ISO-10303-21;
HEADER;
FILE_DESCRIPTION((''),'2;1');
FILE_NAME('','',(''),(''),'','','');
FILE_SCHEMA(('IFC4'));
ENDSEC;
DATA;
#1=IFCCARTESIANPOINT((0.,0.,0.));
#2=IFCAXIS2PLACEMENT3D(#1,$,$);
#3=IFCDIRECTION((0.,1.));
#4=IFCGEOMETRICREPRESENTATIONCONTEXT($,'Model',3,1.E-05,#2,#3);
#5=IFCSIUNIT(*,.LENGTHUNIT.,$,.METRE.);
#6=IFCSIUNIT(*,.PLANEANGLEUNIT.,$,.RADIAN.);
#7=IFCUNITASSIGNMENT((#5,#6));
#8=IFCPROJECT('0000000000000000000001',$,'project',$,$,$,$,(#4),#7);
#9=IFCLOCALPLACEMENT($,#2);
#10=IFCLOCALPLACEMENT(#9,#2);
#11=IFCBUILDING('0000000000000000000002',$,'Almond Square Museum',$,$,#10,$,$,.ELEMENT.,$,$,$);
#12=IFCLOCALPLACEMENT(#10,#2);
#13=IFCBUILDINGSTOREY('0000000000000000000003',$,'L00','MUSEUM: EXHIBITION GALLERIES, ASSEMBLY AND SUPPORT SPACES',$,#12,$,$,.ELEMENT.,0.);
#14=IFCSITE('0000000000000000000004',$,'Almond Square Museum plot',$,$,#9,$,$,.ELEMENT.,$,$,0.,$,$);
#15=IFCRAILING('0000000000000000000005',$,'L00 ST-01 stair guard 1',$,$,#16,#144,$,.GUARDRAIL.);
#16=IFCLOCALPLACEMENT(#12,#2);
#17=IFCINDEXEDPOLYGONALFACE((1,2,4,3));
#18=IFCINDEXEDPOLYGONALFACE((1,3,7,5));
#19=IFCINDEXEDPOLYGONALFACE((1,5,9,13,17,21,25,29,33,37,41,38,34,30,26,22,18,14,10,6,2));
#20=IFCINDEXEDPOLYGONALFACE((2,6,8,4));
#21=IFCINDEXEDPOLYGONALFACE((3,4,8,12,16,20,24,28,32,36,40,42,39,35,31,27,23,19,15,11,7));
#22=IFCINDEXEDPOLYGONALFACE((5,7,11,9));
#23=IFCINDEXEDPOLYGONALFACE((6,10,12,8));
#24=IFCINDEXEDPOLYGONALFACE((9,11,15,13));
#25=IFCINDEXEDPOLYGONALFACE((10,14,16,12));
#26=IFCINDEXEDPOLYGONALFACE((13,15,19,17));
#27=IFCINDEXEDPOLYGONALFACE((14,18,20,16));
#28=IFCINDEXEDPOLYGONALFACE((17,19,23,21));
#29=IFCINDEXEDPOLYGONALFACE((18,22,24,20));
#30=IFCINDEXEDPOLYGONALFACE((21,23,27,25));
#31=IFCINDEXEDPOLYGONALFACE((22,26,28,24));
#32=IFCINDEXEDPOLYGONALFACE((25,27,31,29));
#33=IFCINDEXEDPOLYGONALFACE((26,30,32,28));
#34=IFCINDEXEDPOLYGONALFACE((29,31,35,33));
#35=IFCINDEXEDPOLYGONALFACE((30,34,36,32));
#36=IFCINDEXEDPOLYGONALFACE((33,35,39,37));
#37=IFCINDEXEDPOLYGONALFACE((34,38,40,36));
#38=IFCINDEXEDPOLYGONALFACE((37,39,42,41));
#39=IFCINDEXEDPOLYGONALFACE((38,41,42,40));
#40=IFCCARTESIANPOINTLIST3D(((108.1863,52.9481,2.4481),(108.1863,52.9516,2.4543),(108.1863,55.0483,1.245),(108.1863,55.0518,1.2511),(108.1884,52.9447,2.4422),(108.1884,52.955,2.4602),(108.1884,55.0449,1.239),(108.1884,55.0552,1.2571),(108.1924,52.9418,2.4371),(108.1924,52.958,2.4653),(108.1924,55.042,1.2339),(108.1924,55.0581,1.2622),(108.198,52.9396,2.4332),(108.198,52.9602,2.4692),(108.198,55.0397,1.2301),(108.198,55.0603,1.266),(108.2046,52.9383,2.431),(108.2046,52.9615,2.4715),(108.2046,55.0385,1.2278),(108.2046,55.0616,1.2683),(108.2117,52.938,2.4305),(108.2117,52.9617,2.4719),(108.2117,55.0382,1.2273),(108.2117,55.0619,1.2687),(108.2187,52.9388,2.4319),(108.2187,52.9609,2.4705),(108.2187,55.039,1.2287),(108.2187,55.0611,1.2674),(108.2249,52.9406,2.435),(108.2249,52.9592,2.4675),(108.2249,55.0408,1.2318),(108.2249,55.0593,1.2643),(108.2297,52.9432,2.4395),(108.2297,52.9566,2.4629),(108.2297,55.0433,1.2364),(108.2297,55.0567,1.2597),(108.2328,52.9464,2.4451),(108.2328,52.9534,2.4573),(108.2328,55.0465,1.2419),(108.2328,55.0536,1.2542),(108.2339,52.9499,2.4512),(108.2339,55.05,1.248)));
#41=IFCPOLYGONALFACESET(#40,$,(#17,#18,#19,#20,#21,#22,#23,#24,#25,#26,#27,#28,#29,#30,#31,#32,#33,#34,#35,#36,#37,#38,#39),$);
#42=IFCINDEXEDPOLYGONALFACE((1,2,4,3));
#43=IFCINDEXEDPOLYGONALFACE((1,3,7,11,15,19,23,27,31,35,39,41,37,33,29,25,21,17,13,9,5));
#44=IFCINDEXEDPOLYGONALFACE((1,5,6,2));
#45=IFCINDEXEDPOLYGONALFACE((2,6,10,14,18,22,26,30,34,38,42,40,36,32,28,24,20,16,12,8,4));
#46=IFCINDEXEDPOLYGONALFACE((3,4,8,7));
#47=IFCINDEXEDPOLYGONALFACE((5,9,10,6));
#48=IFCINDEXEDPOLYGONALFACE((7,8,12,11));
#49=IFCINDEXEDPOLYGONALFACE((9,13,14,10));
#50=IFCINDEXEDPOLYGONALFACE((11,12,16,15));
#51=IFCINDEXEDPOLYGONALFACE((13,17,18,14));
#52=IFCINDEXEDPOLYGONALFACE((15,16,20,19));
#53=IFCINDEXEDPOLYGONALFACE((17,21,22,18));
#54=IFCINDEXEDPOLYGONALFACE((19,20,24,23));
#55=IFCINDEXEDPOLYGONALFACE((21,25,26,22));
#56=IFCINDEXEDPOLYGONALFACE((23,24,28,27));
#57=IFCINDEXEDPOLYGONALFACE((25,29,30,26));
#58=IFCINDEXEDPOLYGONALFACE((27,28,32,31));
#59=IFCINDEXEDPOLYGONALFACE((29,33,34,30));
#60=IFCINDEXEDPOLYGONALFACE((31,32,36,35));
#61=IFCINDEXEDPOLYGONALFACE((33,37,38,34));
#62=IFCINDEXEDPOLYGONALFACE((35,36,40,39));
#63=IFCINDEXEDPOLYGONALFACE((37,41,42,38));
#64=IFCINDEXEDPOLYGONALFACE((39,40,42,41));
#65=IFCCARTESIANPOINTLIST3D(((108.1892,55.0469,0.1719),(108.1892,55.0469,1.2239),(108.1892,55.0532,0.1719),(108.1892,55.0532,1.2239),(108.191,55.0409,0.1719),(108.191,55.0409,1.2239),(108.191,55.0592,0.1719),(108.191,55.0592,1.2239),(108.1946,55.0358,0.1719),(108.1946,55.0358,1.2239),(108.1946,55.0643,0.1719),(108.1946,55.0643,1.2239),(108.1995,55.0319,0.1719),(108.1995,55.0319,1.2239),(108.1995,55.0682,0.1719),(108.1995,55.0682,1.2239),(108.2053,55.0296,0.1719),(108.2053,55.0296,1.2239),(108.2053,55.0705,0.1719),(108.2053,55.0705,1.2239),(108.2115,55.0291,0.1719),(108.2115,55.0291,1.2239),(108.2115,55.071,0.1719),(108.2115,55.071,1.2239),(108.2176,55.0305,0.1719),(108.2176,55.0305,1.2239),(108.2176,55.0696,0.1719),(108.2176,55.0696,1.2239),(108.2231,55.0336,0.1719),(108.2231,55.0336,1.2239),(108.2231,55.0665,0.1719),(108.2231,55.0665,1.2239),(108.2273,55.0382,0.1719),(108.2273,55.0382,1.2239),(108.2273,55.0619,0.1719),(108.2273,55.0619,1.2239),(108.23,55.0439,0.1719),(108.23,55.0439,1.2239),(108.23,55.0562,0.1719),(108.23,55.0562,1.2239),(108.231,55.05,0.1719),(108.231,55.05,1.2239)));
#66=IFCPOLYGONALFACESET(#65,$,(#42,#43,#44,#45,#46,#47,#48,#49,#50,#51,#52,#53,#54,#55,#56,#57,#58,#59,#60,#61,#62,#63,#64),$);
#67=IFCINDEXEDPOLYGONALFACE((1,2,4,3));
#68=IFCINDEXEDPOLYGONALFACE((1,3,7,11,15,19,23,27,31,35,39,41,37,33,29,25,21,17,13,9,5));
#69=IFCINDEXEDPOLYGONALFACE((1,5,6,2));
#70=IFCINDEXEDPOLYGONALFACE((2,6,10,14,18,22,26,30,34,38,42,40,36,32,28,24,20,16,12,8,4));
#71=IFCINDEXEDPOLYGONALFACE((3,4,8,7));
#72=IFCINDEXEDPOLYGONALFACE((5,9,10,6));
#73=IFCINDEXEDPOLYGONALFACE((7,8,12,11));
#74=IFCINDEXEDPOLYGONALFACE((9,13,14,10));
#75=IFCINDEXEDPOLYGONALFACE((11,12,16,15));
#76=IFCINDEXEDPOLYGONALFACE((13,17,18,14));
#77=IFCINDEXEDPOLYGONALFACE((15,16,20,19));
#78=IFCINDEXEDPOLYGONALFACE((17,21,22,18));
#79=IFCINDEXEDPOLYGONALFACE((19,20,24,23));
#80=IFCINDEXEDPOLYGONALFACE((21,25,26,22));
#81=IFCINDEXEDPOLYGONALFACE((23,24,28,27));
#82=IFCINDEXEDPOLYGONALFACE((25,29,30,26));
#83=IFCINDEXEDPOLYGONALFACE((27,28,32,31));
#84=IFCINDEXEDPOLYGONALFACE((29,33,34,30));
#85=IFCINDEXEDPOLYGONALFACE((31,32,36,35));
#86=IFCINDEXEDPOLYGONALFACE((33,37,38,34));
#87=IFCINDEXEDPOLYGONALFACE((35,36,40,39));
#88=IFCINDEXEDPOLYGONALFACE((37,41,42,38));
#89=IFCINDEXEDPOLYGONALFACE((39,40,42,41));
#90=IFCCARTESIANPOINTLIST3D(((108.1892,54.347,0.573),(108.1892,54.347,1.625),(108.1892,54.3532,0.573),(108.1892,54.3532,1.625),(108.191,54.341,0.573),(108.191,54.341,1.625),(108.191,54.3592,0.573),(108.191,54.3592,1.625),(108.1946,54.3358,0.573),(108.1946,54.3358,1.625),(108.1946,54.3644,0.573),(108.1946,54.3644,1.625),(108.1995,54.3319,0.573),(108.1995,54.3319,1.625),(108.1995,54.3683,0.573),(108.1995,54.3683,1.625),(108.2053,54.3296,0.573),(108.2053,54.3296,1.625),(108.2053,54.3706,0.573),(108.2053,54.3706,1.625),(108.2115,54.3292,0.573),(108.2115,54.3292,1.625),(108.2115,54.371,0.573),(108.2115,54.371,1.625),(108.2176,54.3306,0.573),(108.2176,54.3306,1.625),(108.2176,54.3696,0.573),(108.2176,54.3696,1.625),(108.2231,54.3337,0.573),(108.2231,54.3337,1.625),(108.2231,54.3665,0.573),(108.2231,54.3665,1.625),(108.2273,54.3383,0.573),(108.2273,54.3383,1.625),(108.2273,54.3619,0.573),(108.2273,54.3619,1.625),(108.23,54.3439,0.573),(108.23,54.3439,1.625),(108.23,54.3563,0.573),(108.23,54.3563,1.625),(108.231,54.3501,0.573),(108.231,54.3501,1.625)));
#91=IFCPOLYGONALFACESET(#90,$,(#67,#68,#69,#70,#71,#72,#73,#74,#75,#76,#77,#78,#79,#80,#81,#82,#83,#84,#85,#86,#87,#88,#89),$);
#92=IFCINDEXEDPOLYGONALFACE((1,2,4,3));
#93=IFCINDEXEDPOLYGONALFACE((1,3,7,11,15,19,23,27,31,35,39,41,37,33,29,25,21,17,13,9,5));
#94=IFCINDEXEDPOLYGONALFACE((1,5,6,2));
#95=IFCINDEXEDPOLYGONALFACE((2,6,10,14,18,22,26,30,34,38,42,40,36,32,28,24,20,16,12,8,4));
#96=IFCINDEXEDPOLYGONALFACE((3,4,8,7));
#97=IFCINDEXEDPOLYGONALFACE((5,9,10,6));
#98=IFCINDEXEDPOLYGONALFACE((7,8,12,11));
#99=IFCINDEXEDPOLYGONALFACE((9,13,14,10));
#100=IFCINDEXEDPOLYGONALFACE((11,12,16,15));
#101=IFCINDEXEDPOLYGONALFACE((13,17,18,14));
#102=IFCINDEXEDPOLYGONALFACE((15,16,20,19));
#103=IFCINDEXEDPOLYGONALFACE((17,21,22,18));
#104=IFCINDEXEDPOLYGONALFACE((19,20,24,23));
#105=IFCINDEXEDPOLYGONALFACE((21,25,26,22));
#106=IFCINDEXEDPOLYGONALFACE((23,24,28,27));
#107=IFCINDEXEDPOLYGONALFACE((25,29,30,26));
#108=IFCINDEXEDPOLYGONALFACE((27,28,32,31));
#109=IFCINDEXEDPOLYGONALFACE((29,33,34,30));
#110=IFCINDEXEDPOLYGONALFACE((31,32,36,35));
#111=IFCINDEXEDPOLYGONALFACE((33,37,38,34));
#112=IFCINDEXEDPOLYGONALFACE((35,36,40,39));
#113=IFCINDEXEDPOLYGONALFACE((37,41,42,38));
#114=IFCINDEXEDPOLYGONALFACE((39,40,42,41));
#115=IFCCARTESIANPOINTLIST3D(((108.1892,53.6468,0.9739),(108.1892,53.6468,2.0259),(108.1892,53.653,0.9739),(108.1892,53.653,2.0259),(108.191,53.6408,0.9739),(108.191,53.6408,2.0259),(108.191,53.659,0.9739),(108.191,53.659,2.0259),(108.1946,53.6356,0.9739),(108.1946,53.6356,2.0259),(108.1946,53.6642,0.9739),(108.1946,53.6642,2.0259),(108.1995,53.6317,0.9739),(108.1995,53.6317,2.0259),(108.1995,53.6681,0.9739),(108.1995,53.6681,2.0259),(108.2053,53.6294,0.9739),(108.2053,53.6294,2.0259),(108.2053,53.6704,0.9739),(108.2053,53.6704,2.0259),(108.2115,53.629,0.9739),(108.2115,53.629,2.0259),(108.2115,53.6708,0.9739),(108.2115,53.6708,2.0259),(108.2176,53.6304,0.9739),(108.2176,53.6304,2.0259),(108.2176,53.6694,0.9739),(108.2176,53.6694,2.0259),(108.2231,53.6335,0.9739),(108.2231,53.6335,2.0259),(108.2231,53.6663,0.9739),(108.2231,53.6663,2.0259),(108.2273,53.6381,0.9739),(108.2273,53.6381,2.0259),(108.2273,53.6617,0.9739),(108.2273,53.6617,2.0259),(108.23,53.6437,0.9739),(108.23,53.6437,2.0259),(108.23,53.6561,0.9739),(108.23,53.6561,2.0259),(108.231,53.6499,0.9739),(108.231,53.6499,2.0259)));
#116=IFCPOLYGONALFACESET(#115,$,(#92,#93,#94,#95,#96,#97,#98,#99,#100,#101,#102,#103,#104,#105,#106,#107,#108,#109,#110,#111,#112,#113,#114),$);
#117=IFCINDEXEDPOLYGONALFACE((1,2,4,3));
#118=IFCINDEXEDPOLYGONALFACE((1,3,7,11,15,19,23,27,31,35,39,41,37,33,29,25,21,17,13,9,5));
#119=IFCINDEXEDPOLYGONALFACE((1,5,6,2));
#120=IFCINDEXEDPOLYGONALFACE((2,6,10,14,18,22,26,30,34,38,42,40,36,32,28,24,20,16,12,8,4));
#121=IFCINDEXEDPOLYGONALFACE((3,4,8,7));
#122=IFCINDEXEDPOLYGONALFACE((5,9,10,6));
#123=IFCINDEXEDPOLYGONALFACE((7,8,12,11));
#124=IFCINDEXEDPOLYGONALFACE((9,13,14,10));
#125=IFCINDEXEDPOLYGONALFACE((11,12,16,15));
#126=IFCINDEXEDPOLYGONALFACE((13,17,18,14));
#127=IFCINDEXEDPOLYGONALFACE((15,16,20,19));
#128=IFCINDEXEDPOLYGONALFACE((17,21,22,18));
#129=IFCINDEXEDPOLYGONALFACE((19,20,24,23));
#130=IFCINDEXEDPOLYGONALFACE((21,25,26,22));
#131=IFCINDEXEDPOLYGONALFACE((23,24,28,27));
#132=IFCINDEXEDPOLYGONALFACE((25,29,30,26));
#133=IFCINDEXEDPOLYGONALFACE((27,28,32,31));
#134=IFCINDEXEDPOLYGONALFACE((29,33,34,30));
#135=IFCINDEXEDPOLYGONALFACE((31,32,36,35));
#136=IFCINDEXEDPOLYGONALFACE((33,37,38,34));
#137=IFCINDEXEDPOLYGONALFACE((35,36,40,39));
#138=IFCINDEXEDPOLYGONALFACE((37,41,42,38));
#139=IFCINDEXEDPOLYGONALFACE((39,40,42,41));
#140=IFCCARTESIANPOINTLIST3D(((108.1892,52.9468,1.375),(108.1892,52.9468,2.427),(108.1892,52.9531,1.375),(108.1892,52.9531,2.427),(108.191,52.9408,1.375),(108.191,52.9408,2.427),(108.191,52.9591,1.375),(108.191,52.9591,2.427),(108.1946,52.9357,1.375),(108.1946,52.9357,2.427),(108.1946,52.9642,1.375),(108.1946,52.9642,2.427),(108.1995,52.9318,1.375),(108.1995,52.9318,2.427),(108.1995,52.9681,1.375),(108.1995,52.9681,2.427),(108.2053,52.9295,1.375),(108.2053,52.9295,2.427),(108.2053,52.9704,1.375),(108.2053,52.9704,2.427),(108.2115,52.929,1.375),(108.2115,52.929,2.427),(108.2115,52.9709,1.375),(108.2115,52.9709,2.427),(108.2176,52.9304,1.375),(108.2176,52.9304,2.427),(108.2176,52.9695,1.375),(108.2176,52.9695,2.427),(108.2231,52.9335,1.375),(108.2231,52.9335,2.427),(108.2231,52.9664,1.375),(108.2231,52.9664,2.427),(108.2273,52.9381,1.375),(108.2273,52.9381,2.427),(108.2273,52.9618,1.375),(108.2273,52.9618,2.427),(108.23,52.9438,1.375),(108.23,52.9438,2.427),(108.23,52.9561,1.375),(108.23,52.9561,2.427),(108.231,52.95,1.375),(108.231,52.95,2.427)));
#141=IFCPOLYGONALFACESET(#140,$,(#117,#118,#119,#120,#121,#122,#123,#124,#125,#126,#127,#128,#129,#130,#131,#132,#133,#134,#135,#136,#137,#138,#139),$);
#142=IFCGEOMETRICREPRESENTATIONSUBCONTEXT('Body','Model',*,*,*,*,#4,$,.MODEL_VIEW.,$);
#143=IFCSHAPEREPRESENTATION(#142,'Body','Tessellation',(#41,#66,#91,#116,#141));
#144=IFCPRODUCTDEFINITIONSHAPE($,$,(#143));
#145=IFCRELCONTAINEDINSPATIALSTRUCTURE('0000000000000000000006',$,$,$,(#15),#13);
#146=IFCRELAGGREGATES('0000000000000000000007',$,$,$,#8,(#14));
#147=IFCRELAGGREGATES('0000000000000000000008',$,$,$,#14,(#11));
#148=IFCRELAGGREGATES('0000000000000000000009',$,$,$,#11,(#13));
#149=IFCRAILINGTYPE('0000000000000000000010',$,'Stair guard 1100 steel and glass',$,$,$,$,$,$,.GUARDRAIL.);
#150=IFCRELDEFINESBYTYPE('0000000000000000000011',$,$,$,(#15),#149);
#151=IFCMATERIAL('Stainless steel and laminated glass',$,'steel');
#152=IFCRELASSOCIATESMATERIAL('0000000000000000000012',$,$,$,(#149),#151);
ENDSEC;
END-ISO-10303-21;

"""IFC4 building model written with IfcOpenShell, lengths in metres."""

from ifc_helpers import new_model, si_unit, direction, frame, origin, origin_2d, place, context, subcontext, project, spatial, circle, extrude, material, type_object, element, save


model = new_model("IFC4")

# Units and contexts
model_context = context("Model", 3, precision=1e-05, world=origin(), true_north=direction((0.0, 1.0)))
body_context = subcontext(model_context, "Body", "Model", "MODEL_VIEW")
ifc_project = project(units=[si_unit("LENGTHUNIT", "METRE"), si_unit("PLANEANGLEUNIT", "RADIAN")], contexts=[model_context])

# Site, building, storey
site_placement = place(None, origin())
site = spatial("IfcSite", under=ifc_project, at=site_placement, Name="Almond Square Museum plot", CompositionType="ELEMENT", RefElevation=0.0)
building_placement = place(site_placement, origin())
building = spatial("IfcBuilding", under=site, at=building_placement, Name="Almond Square Museum", CompositionType="ELEMENT")
storey_placement = place(building_placement, origin())
storey = spatial("IfcBuildingStorey", under=building, at=storey_placement, Name="L00", Description="MUSEUM: EXHIBITION GALLERIES, ASSEMBLY AND SUPPORT SPACES", CompositionType="ELEMENT", Elevation=0.0)

# Railing
ifc_material_1 = material(Name="Stainless steel and laminated glass", Category="steel")
railing_type_1 = type_object("IfcRailingType", Name="Stair guard 1100 steel and glass", PredefinedType="GUARDRAIL", material=ifc_material_1)
railing_1_placement = place(storey_placement, frame((108.21, 55.05, 0.1719)))
element("IfcRailing", 1, at=railing_1_placement, inside=storey, type_object=railing_type_1, Name="L00 ST-01 stair guard 1", PredefinedType="GUARDRAIL", context=body_context, shape_type="SweptSolid", body=[
    extrude(circle(Radius=0.0239, at=origin_2d()), frame((0.0, 0.0, 1.0762), z_axis=(0.0, -0.867696, 0.497095), x_axis=(1.0, 0.0, 0.0)), (0.0, 0.0, 1.0), 2.4204),
    extrude(circle(Radius=0.021, at=origin_2d()), origin(), (0.0, 0.0, 1.0), 1.052),
    extrude(circle(Radius=0.021, at=origin_2d()), frame((0.0, -0.7, 0.4011)), (0.0, 0.0, 1.0), 1.052),
    extrude(circle(Radius=0.021, at=origin_2d()), frame((0.0, -1.4001, 0.802)), (0.0, 0.0, 1.0), 1.052),
    extrude(circle(Radius=0.021, at=origin_2d()), frame((0.0, -2.1001, 1.2031)), (0.0, 0.0, 1.0), 1.052),
])

save(model, "model.ifc")
